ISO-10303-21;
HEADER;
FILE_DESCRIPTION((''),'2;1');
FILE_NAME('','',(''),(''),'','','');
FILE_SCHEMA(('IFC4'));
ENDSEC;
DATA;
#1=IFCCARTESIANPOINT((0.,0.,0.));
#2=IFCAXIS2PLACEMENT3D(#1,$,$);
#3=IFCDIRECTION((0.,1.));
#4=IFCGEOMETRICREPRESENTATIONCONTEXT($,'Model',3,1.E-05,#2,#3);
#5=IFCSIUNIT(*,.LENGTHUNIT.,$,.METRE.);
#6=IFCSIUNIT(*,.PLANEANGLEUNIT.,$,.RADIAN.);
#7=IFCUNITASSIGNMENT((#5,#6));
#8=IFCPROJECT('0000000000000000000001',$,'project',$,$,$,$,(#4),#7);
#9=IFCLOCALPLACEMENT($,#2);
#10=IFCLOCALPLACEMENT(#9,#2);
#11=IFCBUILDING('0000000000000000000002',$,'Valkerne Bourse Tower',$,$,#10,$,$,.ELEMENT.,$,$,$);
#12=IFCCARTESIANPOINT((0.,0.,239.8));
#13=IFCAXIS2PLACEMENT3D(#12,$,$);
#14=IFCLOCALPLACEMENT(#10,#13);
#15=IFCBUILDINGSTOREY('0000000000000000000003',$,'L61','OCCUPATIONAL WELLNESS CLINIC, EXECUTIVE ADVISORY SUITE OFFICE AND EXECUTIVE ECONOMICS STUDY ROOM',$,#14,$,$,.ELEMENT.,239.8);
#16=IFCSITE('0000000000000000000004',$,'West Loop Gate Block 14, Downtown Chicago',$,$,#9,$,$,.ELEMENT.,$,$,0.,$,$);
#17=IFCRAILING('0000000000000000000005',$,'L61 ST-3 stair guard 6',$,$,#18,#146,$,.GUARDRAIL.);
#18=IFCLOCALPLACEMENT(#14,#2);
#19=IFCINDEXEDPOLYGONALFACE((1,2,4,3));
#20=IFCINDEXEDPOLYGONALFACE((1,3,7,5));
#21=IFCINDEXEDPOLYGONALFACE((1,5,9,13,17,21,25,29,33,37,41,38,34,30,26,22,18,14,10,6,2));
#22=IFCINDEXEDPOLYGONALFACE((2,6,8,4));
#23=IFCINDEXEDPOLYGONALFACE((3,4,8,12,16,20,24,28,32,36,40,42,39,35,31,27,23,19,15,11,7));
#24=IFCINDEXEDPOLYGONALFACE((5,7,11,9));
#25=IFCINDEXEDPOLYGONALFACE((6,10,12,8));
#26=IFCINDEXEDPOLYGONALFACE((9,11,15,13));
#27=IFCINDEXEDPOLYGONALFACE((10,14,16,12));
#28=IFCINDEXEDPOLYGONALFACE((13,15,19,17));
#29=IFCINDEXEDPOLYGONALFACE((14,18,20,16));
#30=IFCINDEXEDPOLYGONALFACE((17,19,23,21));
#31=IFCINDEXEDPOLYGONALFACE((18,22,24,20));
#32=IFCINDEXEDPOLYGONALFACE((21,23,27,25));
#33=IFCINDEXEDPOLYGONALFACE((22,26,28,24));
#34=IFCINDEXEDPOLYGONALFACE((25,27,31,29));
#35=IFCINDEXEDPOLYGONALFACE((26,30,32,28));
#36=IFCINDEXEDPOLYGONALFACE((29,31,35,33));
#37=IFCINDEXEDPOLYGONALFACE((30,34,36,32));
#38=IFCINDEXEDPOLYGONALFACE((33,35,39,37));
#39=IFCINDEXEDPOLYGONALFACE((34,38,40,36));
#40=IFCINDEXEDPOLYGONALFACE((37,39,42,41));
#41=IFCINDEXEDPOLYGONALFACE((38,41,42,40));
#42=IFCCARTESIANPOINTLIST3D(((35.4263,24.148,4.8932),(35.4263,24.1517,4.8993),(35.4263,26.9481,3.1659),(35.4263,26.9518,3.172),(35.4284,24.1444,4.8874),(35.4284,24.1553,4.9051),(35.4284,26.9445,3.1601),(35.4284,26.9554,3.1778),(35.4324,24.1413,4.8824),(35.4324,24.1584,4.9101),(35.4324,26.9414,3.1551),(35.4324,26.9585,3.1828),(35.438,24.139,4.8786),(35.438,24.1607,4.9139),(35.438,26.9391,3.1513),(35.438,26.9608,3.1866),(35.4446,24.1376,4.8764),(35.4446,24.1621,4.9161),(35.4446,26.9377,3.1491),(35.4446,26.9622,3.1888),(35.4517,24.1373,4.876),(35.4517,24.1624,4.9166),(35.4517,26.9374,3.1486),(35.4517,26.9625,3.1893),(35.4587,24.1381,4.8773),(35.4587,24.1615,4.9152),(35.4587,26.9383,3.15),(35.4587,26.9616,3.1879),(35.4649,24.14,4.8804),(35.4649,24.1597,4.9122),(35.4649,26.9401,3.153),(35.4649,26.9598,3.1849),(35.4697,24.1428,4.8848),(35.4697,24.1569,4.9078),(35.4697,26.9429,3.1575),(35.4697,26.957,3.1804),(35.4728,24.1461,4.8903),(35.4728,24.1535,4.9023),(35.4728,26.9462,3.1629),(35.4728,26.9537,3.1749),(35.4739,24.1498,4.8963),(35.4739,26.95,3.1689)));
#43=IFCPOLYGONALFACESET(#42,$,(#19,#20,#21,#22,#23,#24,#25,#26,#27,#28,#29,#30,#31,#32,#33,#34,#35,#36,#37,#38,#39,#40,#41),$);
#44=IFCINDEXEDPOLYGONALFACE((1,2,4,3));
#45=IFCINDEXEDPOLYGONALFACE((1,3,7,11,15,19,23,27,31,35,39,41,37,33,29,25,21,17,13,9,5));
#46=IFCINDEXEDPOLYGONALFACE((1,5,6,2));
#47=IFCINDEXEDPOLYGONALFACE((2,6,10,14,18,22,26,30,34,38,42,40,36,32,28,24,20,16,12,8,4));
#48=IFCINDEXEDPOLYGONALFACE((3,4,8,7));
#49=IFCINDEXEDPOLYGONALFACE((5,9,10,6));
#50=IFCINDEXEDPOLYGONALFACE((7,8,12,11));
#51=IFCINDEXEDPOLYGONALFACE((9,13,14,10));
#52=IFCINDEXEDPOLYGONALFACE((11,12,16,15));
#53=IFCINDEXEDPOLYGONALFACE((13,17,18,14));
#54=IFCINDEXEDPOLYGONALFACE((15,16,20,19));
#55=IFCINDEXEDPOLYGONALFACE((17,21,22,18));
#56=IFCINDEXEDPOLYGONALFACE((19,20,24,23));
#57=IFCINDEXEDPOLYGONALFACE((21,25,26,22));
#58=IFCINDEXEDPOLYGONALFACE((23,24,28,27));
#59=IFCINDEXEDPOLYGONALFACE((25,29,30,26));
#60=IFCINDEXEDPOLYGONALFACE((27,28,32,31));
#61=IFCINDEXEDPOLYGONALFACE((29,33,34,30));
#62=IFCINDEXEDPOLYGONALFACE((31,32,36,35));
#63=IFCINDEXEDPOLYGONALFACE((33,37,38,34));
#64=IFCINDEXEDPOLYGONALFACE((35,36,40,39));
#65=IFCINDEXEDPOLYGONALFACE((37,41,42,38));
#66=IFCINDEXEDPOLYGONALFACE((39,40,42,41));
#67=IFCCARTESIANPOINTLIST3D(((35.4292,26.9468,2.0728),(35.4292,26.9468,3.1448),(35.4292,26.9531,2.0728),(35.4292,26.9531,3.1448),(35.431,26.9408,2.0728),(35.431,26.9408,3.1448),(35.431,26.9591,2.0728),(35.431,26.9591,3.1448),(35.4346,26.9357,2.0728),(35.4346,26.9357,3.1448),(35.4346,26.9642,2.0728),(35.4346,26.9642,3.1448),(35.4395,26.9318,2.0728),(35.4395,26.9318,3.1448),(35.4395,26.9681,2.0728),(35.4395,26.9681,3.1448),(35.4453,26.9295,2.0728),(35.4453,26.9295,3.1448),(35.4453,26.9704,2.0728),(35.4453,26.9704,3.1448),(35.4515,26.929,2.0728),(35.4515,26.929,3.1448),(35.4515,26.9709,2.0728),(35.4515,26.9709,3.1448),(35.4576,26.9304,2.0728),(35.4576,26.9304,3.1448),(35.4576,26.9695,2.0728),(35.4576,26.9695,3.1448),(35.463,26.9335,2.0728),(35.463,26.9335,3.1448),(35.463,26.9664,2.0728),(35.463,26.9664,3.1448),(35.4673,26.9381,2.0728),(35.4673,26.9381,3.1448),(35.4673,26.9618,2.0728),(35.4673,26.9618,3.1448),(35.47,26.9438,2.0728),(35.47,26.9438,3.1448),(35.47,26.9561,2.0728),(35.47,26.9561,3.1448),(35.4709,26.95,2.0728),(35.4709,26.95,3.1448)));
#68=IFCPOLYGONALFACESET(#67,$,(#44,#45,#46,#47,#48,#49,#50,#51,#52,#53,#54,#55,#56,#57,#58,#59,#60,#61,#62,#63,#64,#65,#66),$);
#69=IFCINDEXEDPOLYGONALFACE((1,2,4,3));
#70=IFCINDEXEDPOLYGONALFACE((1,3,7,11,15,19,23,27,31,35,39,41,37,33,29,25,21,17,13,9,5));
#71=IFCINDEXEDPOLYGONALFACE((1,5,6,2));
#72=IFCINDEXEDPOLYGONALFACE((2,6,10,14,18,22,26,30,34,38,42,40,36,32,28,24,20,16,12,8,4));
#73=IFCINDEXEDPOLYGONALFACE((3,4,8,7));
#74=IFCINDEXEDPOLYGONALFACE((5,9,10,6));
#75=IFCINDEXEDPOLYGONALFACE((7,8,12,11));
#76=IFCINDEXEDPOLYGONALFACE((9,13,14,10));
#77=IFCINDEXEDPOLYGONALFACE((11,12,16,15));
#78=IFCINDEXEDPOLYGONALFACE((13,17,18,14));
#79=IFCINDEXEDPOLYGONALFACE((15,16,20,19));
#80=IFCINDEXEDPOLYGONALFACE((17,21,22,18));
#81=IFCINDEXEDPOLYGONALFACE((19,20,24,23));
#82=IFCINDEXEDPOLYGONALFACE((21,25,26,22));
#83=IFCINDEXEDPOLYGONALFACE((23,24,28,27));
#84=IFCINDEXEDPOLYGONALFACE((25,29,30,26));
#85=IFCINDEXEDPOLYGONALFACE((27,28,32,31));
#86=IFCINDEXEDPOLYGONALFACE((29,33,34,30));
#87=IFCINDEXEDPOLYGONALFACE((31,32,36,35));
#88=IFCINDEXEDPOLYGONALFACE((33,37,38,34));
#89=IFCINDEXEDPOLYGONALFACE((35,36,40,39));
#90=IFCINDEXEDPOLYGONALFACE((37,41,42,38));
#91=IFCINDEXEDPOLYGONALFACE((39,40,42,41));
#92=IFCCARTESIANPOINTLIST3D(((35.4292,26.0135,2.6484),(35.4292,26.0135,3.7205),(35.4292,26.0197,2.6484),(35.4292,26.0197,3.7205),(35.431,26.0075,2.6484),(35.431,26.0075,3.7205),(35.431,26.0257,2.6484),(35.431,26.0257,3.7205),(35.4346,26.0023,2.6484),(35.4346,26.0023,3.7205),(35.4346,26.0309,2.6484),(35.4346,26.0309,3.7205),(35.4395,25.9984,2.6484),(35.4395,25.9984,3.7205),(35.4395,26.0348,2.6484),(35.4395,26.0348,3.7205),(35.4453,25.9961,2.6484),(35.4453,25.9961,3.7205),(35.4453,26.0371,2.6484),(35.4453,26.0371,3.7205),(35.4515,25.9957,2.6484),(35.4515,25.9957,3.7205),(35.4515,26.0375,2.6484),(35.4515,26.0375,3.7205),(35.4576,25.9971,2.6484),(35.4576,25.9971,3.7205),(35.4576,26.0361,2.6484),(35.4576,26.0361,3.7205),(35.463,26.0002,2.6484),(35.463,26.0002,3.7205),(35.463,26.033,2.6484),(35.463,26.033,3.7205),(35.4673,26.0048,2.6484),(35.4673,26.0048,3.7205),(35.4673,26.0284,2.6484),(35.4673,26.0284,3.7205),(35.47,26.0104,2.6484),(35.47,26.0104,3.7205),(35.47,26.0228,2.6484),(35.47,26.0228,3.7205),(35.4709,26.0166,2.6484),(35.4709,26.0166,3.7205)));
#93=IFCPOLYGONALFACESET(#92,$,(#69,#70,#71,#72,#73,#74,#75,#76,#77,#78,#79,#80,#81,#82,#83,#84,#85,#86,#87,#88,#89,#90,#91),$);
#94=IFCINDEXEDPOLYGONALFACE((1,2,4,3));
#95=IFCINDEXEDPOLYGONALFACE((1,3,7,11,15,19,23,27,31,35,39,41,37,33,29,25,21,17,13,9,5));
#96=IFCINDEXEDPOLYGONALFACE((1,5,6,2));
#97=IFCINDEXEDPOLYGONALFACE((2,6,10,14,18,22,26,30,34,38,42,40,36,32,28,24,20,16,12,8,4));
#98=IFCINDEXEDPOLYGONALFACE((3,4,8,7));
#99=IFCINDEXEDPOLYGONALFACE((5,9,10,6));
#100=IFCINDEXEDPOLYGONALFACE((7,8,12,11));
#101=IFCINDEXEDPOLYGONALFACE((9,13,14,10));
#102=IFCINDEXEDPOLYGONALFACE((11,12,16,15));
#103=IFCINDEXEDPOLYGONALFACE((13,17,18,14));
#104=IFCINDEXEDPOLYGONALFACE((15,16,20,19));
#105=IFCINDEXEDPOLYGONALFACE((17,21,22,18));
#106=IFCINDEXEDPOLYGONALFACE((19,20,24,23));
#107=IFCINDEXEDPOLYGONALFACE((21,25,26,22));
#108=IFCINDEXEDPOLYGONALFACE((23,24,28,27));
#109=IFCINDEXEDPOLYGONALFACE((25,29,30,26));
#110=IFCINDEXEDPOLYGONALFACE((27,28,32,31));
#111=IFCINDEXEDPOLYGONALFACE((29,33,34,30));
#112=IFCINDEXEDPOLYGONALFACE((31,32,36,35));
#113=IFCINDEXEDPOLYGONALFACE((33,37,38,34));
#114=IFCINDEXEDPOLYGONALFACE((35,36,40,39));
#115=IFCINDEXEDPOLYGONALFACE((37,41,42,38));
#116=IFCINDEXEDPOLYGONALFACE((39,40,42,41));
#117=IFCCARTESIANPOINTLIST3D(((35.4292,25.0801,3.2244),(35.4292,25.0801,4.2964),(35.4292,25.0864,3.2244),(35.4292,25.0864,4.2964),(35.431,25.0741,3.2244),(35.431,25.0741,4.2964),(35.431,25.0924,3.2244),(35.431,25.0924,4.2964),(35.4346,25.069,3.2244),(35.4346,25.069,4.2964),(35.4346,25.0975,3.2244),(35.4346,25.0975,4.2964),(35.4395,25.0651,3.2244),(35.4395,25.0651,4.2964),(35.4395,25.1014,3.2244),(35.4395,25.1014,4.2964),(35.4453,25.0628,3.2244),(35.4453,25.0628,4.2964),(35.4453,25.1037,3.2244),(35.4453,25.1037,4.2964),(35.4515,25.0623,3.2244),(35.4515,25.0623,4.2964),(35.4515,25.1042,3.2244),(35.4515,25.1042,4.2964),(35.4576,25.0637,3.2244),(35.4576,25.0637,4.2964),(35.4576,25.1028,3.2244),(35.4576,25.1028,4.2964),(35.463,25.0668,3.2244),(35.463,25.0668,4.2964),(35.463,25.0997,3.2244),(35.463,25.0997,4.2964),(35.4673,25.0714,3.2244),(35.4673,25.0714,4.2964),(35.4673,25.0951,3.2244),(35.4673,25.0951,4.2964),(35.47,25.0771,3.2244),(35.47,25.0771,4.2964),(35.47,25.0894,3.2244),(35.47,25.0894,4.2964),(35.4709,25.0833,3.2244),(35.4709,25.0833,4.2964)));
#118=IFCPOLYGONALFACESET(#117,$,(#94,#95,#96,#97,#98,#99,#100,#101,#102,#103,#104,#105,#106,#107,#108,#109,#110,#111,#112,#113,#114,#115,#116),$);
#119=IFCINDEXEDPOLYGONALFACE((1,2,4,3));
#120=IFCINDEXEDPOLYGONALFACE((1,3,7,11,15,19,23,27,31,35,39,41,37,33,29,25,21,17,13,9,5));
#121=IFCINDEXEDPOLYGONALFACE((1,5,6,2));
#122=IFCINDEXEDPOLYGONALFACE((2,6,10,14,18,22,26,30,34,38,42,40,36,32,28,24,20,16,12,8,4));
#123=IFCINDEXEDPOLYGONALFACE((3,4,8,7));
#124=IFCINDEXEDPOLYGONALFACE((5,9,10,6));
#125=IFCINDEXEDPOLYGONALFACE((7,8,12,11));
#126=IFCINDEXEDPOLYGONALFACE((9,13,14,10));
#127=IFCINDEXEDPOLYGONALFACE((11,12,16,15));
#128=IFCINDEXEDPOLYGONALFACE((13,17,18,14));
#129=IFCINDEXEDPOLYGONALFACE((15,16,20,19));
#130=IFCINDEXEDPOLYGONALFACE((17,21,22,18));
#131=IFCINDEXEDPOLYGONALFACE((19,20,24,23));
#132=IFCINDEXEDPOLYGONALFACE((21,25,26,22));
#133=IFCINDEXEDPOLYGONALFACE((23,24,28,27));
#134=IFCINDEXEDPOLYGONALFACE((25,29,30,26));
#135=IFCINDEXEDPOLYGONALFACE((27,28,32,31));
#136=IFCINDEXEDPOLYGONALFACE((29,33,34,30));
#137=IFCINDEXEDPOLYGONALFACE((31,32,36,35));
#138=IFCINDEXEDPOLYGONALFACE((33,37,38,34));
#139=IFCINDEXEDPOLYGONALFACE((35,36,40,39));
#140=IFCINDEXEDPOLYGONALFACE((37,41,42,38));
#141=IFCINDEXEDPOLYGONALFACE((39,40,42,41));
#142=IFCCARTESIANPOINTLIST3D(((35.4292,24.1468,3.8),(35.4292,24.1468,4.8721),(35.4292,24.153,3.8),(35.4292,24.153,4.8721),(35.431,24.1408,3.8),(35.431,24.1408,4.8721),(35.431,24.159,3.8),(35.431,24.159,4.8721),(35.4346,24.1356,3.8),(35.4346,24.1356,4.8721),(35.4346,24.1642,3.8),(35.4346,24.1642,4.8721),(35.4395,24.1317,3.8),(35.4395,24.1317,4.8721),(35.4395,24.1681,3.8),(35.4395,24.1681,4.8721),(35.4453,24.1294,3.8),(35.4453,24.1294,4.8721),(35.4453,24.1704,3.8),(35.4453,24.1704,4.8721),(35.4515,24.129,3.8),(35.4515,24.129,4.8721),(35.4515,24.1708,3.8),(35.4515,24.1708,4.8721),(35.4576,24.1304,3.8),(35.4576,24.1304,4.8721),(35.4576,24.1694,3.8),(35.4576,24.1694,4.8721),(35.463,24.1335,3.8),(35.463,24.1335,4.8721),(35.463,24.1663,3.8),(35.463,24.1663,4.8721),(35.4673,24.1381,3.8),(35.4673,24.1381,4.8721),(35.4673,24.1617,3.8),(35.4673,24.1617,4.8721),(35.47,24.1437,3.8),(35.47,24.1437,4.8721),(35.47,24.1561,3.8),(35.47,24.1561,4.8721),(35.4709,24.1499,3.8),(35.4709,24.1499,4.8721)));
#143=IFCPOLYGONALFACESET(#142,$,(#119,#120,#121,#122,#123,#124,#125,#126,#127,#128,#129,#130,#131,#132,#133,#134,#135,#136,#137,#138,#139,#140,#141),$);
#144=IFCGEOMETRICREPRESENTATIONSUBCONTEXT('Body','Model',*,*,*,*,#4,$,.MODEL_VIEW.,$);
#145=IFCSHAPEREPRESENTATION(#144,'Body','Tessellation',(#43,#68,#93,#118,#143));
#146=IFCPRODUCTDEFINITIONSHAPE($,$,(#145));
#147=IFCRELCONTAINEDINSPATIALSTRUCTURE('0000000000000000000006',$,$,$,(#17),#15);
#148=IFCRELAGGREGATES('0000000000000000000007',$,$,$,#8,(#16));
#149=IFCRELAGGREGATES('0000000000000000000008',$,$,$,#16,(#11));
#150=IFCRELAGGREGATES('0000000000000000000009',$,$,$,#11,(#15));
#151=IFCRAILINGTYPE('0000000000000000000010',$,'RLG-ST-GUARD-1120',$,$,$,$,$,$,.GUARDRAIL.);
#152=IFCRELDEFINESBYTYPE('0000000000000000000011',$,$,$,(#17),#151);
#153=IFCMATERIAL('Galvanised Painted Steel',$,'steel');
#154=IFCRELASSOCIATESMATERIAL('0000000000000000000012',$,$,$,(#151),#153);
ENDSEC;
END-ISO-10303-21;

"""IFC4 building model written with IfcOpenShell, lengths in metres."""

from ifc_helpers import new_model, si_unit, direction, frame, origin, origin_2d, place, context, subcontext, project, spatial, circle, extrude, material, type_object, element, save


model = new_model("IFC4")

# Units and contexts
model_context = context("Model", 3, precision=1e-05, world=origin(), true_north=direction((0.0, 1.0)))
body_context = subcontext(model_context, "Body", "Model", "MODEL_VIEW")
ifc_project = project(units=[si_unit("LENGTHUNIT", "METRE"), si_unit("PLANEANGLEUNIT", "RADIAN")], contexts=[model_context])

# Site, building, storey
site_placement = place(None, origin())
site = spatial("IfcSite", under=ifc_project, at=site_placement, Name="West Loop Gate Block 14, Downtown Chicago", CompositionType="ELEMENT", RefElevation=0.0)
building_placement = place(site_placement, origin())
building = spatial("IfcBuilding", under=site, at=building_placement, Name="Valkerne Bourse Tower", CompositionType="ELEMENT")
storey_placement = place(building_placement, frame((0.0, 0.0, 239.8)))
storey = spatial("IfcBuildingStorey", under=building, at=storey_placement, Name="L61", Description="OCCUPATIONAL WELLNESS CLINIC, EXECUTIVE ADVISORY SUITE OFFICE AND EXECUTIVE ECONOMICS STUDY ROOM", CompositionType="ELEMENT", Elevation=239.8)

# Railing
ifc_material_1 = material(Name="Galvanised Painted Steel", Category="steel")
railing_type_1 = type_object("IfcRailingType", Name="RLG-ST-GUARD-1120", PredefinedType="GUARDRAIL", material=ifc_material_1)
railing_1_placement = place(storey_placement, frame((35.45, 26.95, 2.0728)))
element("IfcRailing", 1, at=railing_1_placement, inside=storey, type_object=railing_type_1, Name="L61 ST-3 stair guard 6", PredefinedType="GUARDRAIL", context=body_context, shape_type="SweptSolid", body=[
    extrude(circle(Radius=0.0239, at=origin_2d()), frame((0.0, 0.0, 1.0962), z_axis=(0.0, -0.85109, 0.52502), x_axis=(1.0, 0.0, 0.0)), (0.0, 0.0, 1.0), 3.29),
    extrude(circle(Radius=0.021, at=origin_2d()), origin(), (0.0, 0.0, 1.0), 1.072),
    extrude(circle(Radius=0.021, at=origin_2d()), frame((0.0, -0.9333, 0.5757)), (0.0, 0.0, 1.0), 1.072),
    extrude(circle(Radius=0.021, at=origin_2d()), frame((0.0, -1.8667, 1.1516)), (0.0, 0.0, 1.0), 1.072),
    extrude(circle(Radius=0.021, at=origin_2d()), frame((0.0, -2.8, 1.7273)), (0.0, 0.0, 1.0), 1.072),
])

save(model, "model.ifc")
